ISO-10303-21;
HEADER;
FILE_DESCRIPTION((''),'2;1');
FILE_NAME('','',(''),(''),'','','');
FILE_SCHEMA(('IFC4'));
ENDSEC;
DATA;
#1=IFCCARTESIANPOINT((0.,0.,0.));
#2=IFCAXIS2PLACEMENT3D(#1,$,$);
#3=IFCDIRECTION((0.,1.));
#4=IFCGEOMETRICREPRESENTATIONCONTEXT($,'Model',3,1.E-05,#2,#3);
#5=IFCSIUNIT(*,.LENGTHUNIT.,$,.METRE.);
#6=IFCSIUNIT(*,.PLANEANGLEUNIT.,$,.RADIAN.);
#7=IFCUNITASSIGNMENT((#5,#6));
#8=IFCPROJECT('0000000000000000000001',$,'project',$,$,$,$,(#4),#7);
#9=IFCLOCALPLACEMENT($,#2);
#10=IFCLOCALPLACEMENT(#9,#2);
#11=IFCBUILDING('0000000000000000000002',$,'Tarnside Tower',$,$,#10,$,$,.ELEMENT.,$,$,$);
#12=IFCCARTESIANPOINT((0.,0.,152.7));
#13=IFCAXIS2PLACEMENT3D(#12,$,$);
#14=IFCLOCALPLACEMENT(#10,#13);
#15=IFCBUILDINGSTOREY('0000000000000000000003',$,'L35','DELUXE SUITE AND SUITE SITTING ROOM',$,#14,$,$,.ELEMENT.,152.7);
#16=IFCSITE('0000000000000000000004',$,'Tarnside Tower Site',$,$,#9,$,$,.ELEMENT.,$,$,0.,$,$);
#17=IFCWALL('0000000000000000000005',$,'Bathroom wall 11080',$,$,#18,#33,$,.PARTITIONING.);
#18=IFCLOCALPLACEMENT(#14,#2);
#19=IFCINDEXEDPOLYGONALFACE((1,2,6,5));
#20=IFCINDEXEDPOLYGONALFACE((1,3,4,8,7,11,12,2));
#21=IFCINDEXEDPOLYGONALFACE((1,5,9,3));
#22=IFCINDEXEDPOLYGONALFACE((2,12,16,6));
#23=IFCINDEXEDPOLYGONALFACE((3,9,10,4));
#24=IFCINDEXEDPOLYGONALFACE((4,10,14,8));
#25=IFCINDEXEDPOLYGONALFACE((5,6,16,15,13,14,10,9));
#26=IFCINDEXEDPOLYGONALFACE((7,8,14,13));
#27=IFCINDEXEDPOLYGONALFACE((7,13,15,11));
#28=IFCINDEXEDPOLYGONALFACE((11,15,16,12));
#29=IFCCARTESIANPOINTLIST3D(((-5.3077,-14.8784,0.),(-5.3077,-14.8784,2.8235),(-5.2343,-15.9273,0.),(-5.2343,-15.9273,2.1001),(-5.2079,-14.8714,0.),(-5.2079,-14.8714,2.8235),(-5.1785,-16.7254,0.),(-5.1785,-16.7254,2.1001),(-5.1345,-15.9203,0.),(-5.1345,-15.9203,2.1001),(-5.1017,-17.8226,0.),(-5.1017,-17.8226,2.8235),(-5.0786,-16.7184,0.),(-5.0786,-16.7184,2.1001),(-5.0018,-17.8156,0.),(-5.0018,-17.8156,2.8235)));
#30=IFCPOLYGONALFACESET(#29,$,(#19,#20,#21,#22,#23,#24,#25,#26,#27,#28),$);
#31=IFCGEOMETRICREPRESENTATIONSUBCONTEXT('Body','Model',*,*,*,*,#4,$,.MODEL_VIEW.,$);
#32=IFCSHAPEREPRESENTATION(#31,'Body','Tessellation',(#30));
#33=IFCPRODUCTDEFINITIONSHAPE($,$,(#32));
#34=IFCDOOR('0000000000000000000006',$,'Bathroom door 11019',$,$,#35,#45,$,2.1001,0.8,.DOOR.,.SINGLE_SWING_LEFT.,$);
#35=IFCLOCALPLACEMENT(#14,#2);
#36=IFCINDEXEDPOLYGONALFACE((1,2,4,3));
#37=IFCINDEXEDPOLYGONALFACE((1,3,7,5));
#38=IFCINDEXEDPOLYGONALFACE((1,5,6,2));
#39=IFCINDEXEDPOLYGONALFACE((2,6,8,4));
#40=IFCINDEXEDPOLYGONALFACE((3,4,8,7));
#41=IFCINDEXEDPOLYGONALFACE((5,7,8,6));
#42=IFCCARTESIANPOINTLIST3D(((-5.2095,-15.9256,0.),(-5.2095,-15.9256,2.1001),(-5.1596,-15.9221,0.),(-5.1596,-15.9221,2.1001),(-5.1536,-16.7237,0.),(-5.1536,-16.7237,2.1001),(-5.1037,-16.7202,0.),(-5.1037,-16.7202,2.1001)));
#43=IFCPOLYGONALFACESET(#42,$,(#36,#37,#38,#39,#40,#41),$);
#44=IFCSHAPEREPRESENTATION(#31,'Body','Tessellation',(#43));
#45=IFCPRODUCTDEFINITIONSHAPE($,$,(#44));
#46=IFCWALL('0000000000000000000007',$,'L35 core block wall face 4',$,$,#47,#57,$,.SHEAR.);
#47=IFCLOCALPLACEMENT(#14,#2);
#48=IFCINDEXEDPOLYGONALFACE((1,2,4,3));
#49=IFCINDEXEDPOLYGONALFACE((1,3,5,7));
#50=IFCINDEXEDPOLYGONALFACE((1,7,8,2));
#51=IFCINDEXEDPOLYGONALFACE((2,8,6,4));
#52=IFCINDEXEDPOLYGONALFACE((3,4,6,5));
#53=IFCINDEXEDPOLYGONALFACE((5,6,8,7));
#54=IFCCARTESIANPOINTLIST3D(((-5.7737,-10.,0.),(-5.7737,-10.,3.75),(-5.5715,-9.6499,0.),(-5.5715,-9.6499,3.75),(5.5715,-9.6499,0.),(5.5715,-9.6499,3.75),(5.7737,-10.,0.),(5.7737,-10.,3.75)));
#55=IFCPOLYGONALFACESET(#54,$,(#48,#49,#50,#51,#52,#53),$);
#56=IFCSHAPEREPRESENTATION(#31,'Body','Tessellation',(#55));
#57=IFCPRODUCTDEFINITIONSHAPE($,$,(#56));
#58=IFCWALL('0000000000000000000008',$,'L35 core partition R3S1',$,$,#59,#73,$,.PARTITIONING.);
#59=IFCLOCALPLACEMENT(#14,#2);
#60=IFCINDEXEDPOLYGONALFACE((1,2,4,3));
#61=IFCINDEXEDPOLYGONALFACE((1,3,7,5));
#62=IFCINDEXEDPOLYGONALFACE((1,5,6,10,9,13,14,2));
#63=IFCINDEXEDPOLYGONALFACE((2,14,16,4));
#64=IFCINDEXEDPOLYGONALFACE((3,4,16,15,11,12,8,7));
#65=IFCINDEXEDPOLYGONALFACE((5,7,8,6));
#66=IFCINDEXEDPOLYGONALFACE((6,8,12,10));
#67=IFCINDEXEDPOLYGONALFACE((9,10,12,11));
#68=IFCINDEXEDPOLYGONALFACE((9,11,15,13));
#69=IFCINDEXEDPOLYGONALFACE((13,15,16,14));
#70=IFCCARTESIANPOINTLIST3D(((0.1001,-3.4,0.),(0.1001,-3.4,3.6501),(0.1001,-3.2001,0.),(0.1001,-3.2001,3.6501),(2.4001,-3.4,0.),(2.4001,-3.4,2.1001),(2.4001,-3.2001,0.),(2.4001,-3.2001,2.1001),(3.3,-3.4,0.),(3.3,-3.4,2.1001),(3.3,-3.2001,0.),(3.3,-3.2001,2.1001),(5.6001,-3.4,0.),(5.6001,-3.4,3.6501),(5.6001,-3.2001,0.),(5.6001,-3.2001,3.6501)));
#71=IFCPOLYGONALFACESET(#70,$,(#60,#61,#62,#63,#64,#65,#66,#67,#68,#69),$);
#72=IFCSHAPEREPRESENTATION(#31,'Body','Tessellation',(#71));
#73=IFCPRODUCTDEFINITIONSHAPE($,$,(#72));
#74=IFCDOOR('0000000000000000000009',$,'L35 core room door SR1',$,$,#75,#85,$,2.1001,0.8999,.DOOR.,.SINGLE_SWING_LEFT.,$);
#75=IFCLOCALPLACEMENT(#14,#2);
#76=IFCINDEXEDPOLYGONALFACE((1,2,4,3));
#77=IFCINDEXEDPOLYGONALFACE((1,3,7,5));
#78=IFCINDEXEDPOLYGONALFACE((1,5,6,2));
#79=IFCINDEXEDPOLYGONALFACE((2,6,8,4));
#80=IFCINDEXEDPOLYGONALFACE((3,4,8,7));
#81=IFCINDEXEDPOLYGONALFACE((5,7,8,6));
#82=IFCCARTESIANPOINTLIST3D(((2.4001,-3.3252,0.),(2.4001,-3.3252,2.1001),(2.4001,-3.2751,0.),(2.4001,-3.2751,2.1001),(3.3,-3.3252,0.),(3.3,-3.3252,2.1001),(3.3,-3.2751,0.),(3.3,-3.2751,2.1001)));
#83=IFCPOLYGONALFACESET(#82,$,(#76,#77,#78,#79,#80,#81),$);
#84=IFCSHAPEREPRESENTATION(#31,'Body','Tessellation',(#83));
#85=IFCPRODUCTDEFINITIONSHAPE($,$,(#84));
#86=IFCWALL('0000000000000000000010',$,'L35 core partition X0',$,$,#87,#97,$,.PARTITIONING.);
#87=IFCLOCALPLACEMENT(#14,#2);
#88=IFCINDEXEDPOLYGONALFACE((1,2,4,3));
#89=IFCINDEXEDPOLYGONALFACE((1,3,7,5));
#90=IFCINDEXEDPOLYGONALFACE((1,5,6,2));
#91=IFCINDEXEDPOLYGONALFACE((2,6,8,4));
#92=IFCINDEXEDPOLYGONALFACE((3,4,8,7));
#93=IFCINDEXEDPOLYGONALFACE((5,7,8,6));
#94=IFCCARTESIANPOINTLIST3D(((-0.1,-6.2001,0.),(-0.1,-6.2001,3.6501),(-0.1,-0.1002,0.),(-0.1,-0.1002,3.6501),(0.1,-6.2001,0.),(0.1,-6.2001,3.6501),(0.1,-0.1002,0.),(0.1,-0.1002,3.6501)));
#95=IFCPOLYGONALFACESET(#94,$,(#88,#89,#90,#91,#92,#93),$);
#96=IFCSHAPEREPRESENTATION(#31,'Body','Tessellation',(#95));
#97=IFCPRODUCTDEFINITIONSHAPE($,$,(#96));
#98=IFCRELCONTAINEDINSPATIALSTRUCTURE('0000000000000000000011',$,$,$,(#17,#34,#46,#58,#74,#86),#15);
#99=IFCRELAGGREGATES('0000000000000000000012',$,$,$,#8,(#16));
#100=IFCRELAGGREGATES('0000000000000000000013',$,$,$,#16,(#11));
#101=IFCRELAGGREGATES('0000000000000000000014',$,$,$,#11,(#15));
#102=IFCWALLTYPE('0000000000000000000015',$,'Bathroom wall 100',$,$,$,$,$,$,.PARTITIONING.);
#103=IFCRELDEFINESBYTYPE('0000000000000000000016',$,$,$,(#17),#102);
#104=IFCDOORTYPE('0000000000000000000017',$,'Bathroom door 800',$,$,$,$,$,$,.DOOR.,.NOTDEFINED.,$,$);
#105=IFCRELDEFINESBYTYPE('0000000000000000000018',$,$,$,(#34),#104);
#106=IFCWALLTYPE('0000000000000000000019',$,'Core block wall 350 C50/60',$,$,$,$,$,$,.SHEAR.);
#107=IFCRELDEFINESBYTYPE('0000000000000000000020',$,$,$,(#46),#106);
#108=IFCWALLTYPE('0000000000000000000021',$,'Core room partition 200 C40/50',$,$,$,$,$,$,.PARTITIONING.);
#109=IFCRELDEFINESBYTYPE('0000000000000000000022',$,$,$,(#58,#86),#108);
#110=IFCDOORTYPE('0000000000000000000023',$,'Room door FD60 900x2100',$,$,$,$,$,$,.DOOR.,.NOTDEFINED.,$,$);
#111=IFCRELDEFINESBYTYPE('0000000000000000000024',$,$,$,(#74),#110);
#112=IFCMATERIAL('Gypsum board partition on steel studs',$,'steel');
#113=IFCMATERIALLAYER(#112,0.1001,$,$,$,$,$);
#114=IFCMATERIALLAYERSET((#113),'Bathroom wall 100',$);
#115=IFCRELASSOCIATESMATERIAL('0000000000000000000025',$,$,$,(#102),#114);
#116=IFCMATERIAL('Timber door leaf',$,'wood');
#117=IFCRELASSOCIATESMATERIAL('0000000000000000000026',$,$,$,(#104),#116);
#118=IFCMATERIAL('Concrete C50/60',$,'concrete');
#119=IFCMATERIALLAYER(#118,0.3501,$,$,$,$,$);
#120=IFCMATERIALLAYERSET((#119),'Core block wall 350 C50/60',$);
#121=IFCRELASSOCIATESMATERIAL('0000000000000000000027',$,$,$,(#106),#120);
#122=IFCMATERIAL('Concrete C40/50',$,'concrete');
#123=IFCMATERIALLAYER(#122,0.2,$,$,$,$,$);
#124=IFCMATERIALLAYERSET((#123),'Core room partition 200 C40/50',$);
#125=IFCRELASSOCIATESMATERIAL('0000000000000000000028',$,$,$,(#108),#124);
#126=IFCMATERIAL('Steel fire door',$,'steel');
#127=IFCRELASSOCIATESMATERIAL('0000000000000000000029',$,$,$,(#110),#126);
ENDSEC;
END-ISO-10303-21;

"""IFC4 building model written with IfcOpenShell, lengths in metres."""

from ifc_helpers import new_model, si_unit, direction, frame, frame_2d, origin, place, context, subcontext, project, spatial, polyline, rectangle, outline, extrude, material, layer, layer_set, type_object, element, fill, save


model = new_model("IFC4")

# Units and contexts
model_context = context("Model", 3, precision=1e-05, world=origin(), true_north=direction((0.0, 1.0)))
body_context = subcontext(model_context, "Body", "Model", "MODEL_VIEW")
ifc_project = project(units=[si_unit("LENGTHUNIT", "METRE"), si_unit("PLANEANGLEUNIT", "RADIAN")], contexts=[model_context])

# Site, building, storey
site_placement = place(None, origin())
site = spatial("IfcSite", under=ifc_project, at=site_placement, Name="Tarnside Tower Site", CompositionType="ELEMENT", RefElevation=0.0)
building_placement = place(site_placement, origin())
building = spatial("IfcBuilding", under=site, at=building_placement, Name="Tarnside Tower", CompositionType="ELEMENT")
storey_placement = place(building_placement, frame((0.0, 0.0, 152.7)))
storey = spatial("IfcBuildingStorey", under=building, at=storey_placement, Name="L35", Description="DELUXE SUITE AND SUITE SITTING ROOM", CompositionType="ELEMENT", Elevation=152.7)

# Wall, opening, door
ifc_material_1 = material(Name="Gypsum board partition on steel studs", Category="steel")
ifc_layer_1 = layer(ifc_material_1, 0.1001)
ifc_layer_set_1 = layer_set([ifc_layer_1], Name="Bathroom wall 100")
wall_type_1 = type_object("IfcWallType", Name="Bathroom wall 100", PredefinedType="PARTITIONING", material=ifc_layer_set_1)
wall_1_placement = place(storey_placement, frame((-5.2578, -14.875, 0.0), z_axis=(0.0, 0.0, 1.0), x_axis=(0.069813, -0.99756, 0.0)))
wall_1 = element("IfcWall", 1, at=wall_1_placement, inside=storey, type_object=wall_type_1, Name="Bathroom wall 11080", PredefinedType="PARTITIONING", context=body_context, shape_type="SweptSolid", body=[
    extrude(rectangle(XDim=2.9514, YDim=0.1001, at=frame_2d((1.4756, 0.0))), origin(), (0.0, 0.0, 1.0), 2.8235),
])
opening_1_placement = place(wall_1_placement, frame((1.0515, 0.0, 0.0)))
opening_1 = element("IfcOpeningElement", 2, at=opening_1_placement, cuts=wall_1, PredefinedType="OPENING", context=body_context, shape_type="SweptSolid", body=[
    extrude(rectangle(XDim=0.8, YDim=2.1001, at=frame_2d((0.3999, 1.05))), frame((0.0, 0.0601, 0.0), z_axis=(0.0, -1.0, 0.0), x_axis=(1.0, 0.0, 0.0)), (0.0, 0.0, 1.0), 0.1201),
])
ifc_material_2 = material(Name="Timber door leaf", Category="wood")
door_type_1 = type_object("IfcDoorType", Name="Bathroom door 800", OperationType="NOTDEFINED", PredefinedType="DOOR", material=ifc_material_2)
door_1_placement = place(opening_1_placement, origin())
door_1 = element("IfcDoor", 3, at=door_1_placement, inside=storey, type_object=door_type_1, Name="Bathroom door 11019", OperationType="SINGLE_SWING_LEFT", OverallHeight=2.1001, OverallWidth=0.8, PredefinedType="DOOR", context=body_context, shape_type="SweptSolid", body=[
    extrude(rectangle(XDim=0.8, YDim=2.1001, at=frame_2d((0.3999, 1.05))), frame((0.0, 0.0249, 0.0), z_axis=(0.0, -1.0, 0.0), x_axis=(1.0, 0.0, 0.0)), (0.0, 0.0, 1.0), 0.05),
])
fill(opening_1, door_1)

# Wall
ifc_material_3 = material(Name="Concrete C50/60", Category="concrete")
ifc_layer_2 = layer(ifc_material_3, 0.3501)
ifc_layer_set_2 = layer_set([ifc_layer_2], Name="Core block wall 350 C50/60")
wall_type_2 = type_object("IfcWallType", Name="Core block wall 350 C50/60", PredefinedType="SHEAR", material=ifc_layer_set_2)
wall_2_placement = place(storey_placement, frame((-5.6726, -9.825, 0.0), z_axis=(0.0, 0.0, 1.0), x_axis=(1.0, 0.0, 0.0)))
element("IfcWall", 4, at=wall_2_placement, inside=storey, type_object=wall_type_2, Name="L35 core block wall face 4", PredefinedType="SHEAR", context=body_context, shape_type="SweptSolid", body=[
    extrude(outline(polyline([(-0.1011, -0.175), (11.4463, -0.175), (11.2441, 0.175), (0.1011, 0.175), (-0.1011, -0.175)])), origin(), (0.0, 0.0, 1.0), 3.75),
])

# Wall, opening, door
ifc_material_4 = material(Name="Concrete C40/50", Category="concrete")
ifc_layer_3 = layer(ifc_material_4, 0.2)
ifc_layer_set_3 = layer_set([ifc_layer_3], Name="Core room partition 200 C40/50")
wall_type_3 = type_object("IfcWallType", Name="Core room partition 200 C40/50", PredefinedType="PARTITIONING", material=ifc_layer_set_3)
wall_3_placement = place(storey_placement, frame((0.1001, -3.3, 0.0), z_axis=(0.0, 0.0, 1.0), x_axis=(1.0, 0.0, 0.0)))
wall_3 = element("IfcWall", 5, at=wall_3_placement, inside=storey, type_object=wall_type_3, Name="L35 core partition R3S1", PredefinedType="PARTITIONING", context=body_context, shape_type="SweptSolid", body=[
    extrude(rectangle(XDim=5.5, YDim=0.2, at=frame_2d((2.75, 0.0))), origin(), (0.0, 0.0, 1.0), 3.6501),
])
opening_2_placement = place(wall_3_placement, frame((2.3, 0.0, 0.0)))
opening_2 = element("IfcOpeningElement", 6, at=opening_2_placement, cuts=wall_3, PredefinedType="OPENING", context=body_context, shape_type="SweptSolid", body=[
    extrude(rectangle(XDim=0.8999, YDim=2.1001, at=frame_2d((0.45, 1.05))), frame((0.0, 0.1099, 0.0), z_axis=(0.0, -1.0, 0.0), x_axis=(1.0, 0.0, 0.0)), (0.0, 0.0, 1.0), 0.22),
])
ifc_material_5 = material(Name="Steel fire door", Category="steel")
door_type_2 = type_object("IfcDoorType", Name="Room door FD60 900x2100", OperationType="NOTDEFINED", PredefinedType="DOOR", material=ifc_material_5)
door_2_placement = place(opening_2_placement, origin())
door_2 = element("IfcDoor", 7, at=door_2_placement, inside=storey, type_object=door_type_2, Name="L35 core room door SR1", OperationType="SINGLE_SWING_LEFT", OverallHeight=2.1001, OverallWidth=0.8999, PredefinedType="DOOR", context=body_context, shape_type="SweptSolid", body=[
    extrude(rectangle(XDim=0.8999, YDim=2.1001, at=frame_2d((0.45, 1.05))), frame((0.0, 0.0249, 0.0), z_axis=(0.0, -1.0, 0.0), x_axis=(1.0, 0.0, 0.0)), (0.0, 0.0, 1.0), 0.05),
])
fill(opening_2, door_2)

# Wall
wall_4_placement = place(storey_placement, frame((0.0, -6.2, 0.0), z_axis=(0.0, 0.0, 1.0), x_axis=(0.0, 1.0, 0.0)))
element("IfcWall", 8, at=wall_4_placement, inside=storey, type_object=wall_type_3, Name="L35 core partition X0", PredefinedType="PARTITIONING", context=body_context, shape_type="SweptSolid", body=[
    extrude(rectangle(XDim=6.0999, YDim=0.2, at=frame_2d((3.0498, 0.0))), origin(), (0.0, 0.0, 1.0), 3.6501),
])

save(model, "model.ifc")
